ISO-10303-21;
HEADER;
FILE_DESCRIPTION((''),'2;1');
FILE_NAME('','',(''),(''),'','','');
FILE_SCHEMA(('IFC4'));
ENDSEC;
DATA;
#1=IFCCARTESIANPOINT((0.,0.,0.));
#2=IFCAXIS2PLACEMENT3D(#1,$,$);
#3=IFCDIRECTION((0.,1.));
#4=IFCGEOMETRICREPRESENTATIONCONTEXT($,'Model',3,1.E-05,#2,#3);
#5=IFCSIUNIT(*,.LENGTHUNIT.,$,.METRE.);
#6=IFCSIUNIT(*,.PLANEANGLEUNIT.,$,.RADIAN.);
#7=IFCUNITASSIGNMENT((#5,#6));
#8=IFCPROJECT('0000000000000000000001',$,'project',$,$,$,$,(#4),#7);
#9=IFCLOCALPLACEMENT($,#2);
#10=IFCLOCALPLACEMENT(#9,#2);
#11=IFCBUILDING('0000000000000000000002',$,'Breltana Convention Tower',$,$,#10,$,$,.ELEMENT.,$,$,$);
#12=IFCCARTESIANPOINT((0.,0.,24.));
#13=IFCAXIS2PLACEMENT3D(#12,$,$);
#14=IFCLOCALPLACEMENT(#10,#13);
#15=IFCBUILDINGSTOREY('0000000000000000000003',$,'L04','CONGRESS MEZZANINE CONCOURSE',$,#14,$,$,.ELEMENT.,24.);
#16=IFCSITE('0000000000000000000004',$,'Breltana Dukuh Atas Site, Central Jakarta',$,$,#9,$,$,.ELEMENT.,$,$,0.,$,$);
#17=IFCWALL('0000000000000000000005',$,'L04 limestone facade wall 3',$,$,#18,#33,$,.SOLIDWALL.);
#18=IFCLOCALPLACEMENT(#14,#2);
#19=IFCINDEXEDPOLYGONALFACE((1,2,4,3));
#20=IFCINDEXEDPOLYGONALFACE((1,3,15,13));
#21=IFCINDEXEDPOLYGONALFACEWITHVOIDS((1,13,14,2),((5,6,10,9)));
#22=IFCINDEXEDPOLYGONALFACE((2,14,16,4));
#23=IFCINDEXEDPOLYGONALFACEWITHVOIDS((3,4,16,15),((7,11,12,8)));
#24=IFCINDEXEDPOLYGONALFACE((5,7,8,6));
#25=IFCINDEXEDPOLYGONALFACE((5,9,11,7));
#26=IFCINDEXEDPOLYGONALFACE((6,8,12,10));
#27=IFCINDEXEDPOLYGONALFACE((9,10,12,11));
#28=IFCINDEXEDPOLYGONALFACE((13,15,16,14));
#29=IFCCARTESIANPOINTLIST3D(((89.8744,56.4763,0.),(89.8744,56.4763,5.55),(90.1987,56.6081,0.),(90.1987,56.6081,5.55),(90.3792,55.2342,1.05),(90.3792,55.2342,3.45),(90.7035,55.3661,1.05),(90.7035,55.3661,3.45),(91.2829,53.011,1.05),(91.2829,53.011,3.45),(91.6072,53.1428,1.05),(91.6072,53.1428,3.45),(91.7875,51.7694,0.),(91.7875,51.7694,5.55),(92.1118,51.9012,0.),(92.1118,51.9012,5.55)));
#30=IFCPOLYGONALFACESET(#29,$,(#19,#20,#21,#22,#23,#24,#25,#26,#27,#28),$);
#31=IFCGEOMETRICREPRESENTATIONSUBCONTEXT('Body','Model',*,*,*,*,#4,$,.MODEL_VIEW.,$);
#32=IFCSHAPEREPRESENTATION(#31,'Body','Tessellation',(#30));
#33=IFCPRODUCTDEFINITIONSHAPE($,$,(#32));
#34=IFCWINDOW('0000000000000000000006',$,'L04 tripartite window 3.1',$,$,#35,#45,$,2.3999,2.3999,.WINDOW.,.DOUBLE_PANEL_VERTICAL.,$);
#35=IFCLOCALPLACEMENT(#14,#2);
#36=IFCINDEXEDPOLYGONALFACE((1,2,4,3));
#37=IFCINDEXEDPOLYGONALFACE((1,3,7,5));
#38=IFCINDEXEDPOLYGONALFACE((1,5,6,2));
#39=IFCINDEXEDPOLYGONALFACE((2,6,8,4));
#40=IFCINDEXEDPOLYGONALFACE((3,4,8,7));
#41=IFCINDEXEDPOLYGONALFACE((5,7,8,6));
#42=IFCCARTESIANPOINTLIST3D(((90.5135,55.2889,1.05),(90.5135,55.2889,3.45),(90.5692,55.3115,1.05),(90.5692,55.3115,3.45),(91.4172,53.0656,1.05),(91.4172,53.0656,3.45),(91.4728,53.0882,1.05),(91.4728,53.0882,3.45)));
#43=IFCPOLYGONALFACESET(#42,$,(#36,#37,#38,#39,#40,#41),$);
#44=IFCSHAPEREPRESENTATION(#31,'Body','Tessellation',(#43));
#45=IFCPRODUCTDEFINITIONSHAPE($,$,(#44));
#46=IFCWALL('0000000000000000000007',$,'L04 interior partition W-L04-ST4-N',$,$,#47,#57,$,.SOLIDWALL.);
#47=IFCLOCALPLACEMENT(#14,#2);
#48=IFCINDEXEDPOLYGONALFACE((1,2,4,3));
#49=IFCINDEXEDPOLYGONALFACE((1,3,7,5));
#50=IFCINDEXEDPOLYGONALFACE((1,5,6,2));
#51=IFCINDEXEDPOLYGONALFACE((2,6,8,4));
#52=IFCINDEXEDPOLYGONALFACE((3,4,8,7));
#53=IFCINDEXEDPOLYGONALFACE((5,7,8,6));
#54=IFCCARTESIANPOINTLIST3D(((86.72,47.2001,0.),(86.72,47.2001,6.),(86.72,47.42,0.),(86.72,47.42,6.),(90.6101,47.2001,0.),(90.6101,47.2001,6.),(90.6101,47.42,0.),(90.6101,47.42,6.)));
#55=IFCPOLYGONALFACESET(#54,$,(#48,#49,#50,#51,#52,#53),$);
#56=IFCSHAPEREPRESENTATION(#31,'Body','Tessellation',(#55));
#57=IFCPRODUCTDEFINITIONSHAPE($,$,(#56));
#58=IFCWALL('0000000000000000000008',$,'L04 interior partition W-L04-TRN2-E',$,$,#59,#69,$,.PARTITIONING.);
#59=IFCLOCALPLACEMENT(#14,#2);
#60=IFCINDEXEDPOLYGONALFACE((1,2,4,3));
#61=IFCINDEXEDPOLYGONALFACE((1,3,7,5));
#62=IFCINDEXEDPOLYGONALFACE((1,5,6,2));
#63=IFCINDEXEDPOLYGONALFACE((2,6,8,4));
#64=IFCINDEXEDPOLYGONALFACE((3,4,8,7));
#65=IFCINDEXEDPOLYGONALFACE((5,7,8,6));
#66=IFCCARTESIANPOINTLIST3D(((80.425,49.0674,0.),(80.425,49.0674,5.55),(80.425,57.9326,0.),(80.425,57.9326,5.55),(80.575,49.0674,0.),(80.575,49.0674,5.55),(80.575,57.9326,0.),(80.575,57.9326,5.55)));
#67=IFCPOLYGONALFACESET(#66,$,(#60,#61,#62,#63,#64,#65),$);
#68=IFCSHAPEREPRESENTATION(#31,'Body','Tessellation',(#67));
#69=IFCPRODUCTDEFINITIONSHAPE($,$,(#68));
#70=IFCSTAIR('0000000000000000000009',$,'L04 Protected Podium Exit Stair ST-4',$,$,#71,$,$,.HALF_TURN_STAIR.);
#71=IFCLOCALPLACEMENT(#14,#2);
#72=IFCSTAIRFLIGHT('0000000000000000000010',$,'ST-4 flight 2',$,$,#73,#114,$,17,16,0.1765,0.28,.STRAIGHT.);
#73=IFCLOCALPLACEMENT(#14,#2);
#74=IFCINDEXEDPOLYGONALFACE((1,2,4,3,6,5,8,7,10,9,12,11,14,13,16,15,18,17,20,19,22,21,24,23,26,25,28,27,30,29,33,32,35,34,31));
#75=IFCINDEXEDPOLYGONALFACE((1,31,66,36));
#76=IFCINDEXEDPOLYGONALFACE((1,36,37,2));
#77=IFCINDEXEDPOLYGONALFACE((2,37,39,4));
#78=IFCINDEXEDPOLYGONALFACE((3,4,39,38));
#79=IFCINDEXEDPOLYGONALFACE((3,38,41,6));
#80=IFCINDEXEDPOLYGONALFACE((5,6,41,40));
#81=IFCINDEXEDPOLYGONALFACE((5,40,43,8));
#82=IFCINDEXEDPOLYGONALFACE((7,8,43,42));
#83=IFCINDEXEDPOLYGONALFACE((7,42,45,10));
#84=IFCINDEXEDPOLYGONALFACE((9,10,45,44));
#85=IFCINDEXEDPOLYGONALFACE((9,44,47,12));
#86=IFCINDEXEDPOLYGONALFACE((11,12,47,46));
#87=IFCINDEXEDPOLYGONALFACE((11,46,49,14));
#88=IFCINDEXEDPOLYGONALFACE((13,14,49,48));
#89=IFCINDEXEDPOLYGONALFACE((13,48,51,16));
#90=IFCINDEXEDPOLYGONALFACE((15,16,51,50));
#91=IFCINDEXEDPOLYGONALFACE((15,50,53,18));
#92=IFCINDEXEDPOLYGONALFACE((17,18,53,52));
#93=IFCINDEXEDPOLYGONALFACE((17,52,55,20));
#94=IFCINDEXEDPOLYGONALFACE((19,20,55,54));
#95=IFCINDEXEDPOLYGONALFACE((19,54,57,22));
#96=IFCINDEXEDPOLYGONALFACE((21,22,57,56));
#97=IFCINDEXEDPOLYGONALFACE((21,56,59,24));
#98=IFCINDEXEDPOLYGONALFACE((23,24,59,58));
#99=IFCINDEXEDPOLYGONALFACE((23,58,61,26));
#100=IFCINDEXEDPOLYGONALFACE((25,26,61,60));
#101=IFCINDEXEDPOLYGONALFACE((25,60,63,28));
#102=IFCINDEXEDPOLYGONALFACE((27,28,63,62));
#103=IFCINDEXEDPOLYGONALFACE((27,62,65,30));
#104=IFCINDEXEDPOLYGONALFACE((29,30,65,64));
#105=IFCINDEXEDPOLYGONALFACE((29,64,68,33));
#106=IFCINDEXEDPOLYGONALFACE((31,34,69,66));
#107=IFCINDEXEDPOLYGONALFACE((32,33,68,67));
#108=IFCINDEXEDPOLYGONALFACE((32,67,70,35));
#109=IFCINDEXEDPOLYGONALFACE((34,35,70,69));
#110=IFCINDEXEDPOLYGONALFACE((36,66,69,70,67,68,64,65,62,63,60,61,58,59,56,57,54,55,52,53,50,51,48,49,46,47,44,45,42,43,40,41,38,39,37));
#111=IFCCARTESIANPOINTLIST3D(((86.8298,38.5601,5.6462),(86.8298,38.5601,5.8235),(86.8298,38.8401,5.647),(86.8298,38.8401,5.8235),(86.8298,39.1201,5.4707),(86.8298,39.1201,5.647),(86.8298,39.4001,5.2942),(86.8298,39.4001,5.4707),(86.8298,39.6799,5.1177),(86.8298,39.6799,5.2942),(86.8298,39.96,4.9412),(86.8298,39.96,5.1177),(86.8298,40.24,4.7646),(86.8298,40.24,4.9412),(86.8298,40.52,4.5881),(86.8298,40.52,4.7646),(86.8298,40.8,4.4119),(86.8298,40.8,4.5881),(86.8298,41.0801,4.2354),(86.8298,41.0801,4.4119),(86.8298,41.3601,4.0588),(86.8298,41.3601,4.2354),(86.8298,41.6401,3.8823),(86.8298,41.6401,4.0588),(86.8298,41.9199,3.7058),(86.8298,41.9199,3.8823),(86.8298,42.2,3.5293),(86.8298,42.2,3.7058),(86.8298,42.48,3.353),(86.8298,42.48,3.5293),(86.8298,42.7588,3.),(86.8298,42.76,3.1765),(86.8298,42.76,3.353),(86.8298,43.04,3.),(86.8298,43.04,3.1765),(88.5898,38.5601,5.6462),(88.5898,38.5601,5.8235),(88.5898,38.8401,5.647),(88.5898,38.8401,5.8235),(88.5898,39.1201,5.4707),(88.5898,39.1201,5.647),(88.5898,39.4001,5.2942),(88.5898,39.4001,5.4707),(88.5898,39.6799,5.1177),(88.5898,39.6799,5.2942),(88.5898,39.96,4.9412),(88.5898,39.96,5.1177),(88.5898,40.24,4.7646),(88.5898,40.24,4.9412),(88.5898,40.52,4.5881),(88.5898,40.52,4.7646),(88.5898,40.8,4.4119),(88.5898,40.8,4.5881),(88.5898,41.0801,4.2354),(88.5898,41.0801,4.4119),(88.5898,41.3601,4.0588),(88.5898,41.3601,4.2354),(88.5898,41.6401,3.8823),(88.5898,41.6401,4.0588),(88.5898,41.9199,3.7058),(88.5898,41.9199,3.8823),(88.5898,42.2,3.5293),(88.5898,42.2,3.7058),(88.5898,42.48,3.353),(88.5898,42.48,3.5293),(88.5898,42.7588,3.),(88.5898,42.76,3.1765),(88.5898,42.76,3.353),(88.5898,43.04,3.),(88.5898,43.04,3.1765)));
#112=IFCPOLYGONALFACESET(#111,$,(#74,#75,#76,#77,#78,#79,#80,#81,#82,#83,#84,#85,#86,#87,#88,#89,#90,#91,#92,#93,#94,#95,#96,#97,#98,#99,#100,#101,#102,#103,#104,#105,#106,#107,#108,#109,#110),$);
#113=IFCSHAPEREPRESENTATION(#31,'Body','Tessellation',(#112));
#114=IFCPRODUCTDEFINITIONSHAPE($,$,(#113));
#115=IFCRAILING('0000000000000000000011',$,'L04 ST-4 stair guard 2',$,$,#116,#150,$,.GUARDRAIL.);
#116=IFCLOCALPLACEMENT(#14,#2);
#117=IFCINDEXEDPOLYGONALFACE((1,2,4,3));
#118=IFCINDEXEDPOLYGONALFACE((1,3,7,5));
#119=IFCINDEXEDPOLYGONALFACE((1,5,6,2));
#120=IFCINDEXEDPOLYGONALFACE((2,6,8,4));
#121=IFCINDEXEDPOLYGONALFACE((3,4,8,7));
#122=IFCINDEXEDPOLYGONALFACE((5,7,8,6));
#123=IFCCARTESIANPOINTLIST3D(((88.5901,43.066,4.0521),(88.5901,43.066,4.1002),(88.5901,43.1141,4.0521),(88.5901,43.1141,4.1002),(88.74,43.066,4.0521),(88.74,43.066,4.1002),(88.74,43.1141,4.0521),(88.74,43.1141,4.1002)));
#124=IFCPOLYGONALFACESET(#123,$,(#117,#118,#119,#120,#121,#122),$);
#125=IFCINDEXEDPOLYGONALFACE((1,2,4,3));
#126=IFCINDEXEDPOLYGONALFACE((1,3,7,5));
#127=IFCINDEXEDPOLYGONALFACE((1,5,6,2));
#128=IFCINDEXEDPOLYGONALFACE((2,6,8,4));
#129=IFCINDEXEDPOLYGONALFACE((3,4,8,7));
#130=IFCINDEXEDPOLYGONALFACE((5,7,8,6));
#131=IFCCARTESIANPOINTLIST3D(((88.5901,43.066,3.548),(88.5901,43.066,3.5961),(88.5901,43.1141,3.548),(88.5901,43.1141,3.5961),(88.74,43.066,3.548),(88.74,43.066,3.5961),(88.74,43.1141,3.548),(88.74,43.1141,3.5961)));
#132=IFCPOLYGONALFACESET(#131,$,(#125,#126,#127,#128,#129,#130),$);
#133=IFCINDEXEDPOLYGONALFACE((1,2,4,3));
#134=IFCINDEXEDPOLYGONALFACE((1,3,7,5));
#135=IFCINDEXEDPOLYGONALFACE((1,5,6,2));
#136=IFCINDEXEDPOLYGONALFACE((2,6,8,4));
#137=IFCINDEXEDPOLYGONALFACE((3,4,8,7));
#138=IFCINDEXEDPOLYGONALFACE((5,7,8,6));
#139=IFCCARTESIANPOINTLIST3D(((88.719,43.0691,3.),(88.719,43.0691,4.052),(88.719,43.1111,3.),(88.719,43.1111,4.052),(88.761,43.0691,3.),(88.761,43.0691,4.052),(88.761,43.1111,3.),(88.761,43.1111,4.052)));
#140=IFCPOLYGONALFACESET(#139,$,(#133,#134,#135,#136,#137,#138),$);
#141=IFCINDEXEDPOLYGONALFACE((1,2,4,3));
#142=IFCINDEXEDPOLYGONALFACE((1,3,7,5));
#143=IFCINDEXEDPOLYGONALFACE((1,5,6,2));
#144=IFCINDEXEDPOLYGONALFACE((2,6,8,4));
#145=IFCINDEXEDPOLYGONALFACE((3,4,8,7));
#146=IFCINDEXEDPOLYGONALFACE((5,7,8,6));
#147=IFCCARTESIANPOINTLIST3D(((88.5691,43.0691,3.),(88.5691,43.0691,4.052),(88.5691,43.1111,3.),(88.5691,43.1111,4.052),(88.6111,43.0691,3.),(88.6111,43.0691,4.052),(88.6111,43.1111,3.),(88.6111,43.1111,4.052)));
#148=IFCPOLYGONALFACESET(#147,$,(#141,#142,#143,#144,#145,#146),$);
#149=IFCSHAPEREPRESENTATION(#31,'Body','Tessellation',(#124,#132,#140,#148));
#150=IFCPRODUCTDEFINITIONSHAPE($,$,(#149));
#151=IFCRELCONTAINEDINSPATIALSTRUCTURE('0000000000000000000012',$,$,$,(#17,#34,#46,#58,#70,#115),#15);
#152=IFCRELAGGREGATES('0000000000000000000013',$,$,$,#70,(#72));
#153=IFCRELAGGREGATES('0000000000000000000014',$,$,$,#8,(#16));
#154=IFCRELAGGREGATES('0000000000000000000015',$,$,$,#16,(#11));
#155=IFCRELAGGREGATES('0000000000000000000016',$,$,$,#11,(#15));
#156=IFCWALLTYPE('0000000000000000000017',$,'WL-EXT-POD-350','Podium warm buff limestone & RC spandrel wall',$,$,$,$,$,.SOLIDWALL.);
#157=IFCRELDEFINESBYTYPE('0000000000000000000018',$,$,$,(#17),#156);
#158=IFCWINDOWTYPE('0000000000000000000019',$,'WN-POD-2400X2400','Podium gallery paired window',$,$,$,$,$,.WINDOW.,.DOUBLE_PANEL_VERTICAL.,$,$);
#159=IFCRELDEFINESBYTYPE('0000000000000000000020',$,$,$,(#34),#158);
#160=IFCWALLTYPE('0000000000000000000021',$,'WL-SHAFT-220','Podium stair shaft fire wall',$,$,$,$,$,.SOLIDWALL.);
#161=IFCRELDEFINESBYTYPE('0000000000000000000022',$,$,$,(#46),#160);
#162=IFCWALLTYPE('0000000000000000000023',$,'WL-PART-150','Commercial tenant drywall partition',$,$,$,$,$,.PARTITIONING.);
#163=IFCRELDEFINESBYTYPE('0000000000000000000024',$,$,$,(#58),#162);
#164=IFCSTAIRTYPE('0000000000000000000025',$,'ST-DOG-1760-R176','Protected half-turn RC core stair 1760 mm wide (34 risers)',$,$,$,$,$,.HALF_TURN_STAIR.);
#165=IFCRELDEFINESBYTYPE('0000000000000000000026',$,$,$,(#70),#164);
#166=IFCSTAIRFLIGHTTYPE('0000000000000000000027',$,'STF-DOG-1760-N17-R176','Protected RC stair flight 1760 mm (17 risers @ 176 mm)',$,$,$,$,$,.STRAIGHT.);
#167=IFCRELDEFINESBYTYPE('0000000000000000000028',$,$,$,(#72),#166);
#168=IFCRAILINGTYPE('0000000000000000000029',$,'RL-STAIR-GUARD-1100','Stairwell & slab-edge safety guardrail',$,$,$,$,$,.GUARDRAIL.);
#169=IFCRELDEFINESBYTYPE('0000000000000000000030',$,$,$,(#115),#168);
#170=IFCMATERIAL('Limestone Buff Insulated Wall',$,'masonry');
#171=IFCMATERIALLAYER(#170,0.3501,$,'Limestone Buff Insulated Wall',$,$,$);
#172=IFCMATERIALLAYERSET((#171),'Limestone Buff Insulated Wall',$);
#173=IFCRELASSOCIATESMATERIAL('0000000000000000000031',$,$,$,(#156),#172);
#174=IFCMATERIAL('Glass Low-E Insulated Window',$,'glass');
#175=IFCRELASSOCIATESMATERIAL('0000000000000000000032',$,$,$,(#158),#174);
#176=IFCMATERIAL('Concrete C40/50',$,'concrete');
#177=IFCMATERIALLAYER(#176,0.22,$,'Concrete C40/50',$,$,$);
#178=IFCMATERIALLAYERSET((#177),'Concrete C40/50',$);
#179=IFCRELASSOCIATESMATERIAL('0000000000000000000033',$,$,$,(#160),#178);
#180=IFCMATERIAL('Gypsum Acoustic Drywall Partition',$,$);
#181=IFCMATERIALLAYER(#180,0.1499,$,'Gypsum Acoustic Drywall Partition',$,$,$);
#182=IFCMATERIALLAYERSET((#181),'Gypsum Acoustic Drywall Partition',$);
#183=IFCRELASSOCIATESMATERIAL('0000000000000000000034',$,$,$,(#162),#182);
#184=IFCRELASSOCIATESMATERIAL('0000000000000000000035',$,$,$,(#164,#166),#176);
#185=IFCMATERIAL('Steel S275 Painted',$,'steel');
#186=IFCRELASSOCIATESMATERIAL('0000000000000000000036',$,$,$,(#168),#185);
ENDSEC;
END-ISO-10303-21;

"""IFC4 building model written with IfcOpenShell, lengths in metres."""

from ifc_helpers import new_model, si_unit, direction, frame, frame_2d, origin, origin_2d, place, context, subcontext, project, spatial, polyline, rectangle, outline, extrude, source, transform, mapped, material, layer, layer_set, type_object, type_shapes, element, fill, aggregate, save


model = new_model("IFC4")

# Units and contexts
model_context = context("Model", 3, precision=1e-05, world=origin(), true_north=direction((0.0, 1.0)))
body_context = subcontext(model_context, "Body", "Model", "MODEL_VIEW")
ifc_project = project(units=[si_unit("LENGTHUNIT", "METRE"), si_unit("PLANEANGLEUNIT", "RADIAN")], contexts=[model_context])

# Site, building, storey
site_placement = place(None, origin())
site = spatial("IfcSite", under=ifc_project, at=site_placement, Name="Breltana Dukuh Atas Site, Central Jakarta", CompositionType="ELEMENT", RefElevation=0.0)
building_placement = place(site_placement, origin())
building = spatial("IfcBuilding", under=site, at=building_placement, Name="Breltana Convention Tower", CompositionType="ELEMENT")
storey_placement = place(building_placement, frame((0.0, 0.0, 24.0)))
storey = spatial("IfcBuildingStorey", under=building, at=storey_placement, Name="L04", Description="CONGRESS MEZZANINE CONCOURSE", CompositionType="ELEMENT", Elevation=24.0)

# Shared definitions
ifc_material_1 = material(Name="Limestone Buff Insulated Wall", Category="masonry")
ifc_layer_1 = layer(ifc_material_1, 0.3501, Name="Limestone Buff Insulated Wall")
ifc_layer_set_1 = layer_set([ifc_layer_1], Name="Limestone Buff Insulated Wall")
wall_type_1 = type_object("IfcWallType", Name="WL-EXT-POD-350", Description="Podium warm buff limestone & RC spandrel wall", PredefinedType="SOLIDWALL", material=ifc_layer_set_1)
ifc_material_2 = material(Name="Glass Low-E Insulated Window", Category="glass")
window_type = type_object("IfcWindowType", Name="WN-POD-2400X2400", Description="Podium gallery paired window", PartitioningType="DOUBLE_PANEL_VERTICAL", PredefinedType="WINDOW", material=ifc_material_2)
shared_shape_1 = source(origin(), body_context, "Body", "SweptSolid", [
    extrude(rectangle(XDim=2.3999, YDim=2.3999, at=frame_2d((1.2, 1.2))), frame((0.0, 0.03, 0.0), z_axis=(0.0, -1.0, 0.0), x_axis=(1.0, 0.0, 0.0)), (0.0, 0.0, 1.0), 0.0601),
])
type_shapes(window_type, [shared_shape_1])

# Wall, opening, window
shared_shape_2 = source(origin(), body_context, "Body", "SweptSolid", [
    extrude(rectangle(XDim=5.0808, YDim=0.3501, at=frame_2d((2.5405, 0.0))), origin(), (0.0, 0.0, 1.0), 5.55),
])
wall_1_placement = place(storey_placement, frame((91.9497, 51.8352, 0.0), z_axis=(0.0, 0.0, 1.0), x_axis=(-0.376538, 0.926401, 0.0)))
wall_1 = element("IfcWall", 1, at=wall_1_placement, inside=storey, type_object=wall_type_1, Name="L04 limestone facade wall 3", PredefinedType="SOLIDWALL", context=body_context, shape_type="MappedRepresentation", body=[
    mapped(shared_shape_2, transform((0.0, 0.0, 0.0), scale=1.0)),
])
opening_1_placement = place(wall_1_placement, frame((1.3403, 0.0, 1.05)))
opening_1 = element("IfcOpeningElement", 2, at=opening_1_placement, cuts=wall_1, PredefinedType="OPENING", context=body_context, shape_type="SweptSolid", body=[
    extrude(rectangle(XDim=2.3999, YDim=2.3999, at=frame_2d((1.2, 1.2))), frame((0.0, 0.1851, 0.0), z_axis=(0.0, -1.0, 0.0), x_axis=(1.0, 0.0, 0.0)), (0.0, 0.0, 1.0), 0.3701),
])
window_1_placement = place(opening_1_placement, origin())
window_1 = element("IfcWindow", 3, at=window_1_placement, inside=storey, type_object=window_type, Name="L04 tripartite window 3.1", OverallHeight=2.3999, OverallWidth=2.3999, PartitioningType="DOUBLE_PANEL_VERTICAL", PredefinedType="WINDOW", context=body_context, shape_type="MappedRepresentation", body=[
    mapped(shared_shape_1, transform((0.0, 0.0, 0.0), scale=1.0)),
])
fill(opening_1, window_1)

# Walls
ifc_material_3 = material(Name="Concrete C40/50", Category="concrete")
ifc_layer_2 = layer(ifc_material_3, 0.22, Name="Concrete C40/50")
ifc_layer_set_2 = layer_set([ifc_layer_2], Name="Concrete C40/50")
wall_type_2 = type_object("IfcWallType", Name="WL-SHAFT-220", Description="Podium stair shaft fire wall", PredefinedType="SOLIDWALL", material=ifc_layer_set_2)
shared_shape_3 = source(origin(), body_context, "Body", "SweptSolid", [
    extrude(rectangle(XDim=3.8901, YDim=0.22, at=frame_2d((1.9451, 0.0))), origin(), (0.0, 0.0, 1.0), 6.0),
])
wall_2_placement = place(storey_placement, frame((86.72, 47.3101, 0.0), z_axis=(0.0, 0.0, 1.0), x_axis=(1.0, 0.0, 0.0)))
element("IfcWall", 4, at=wall_2_placement, inside=storey, type_object=wall_type_2, Name="L04 interior partition W-L04-ST4-N", PredefinedType="SOLIDWALL", context=body_context, shape_type="MappedRepresentation", body=[
    mapped(shared_shape_3, transform((0.0, 0.0, 0.0), scale=1.0)),
])
ifc_material_4 = material(Name="Gypsum Acoustic Drywall Partition")
ifc_layer_3 = layer(ifc_material_4, 0.1499, Name="Gypsum Acoustic Drywall Partition")
ifc_layer_set_3 = layer_set([ifc_layer_3], Name="Gypsum Acoustic Drywall Partition")
wall_type_3 = type_object("IfcWallType", Name="WL-PART-150", Description="Commercial tenant drywall partition", PredefinedType="PARTITIONING", material=ifc_layer_set_3)
shared_shape_4 = source(origin(), body_context, "Body", "SweptSolid", [
    extrude(rectangle(XDim=8.8652, YDim=0.1499, at=frame_2d((4.4326, 0.0))), origin(), (0.0, 0.0, 1.0), 5.55),
])
wall_3_placement = place(storey_placement, frame((80.5, 49.0674, 0.0), z_axis=(0.0, 0.0, 1.0), x_axis=(0.0, 1.0, 0.0)))
element("IfcWall", 5, at=wall_3_placement, inside=storey, type_object=wall_type_3, Name="L04 interior partition W-L04-TRN2-E", PredefinedType="PARTITIONING", context=body_context, shape_type="MappedRepresentation", body=[
    mapped(shared_shape_4, transform((0.0, 0.0, 0.0), scale=1.0)),
])

# Stair, stair flight
stair_type = type_object("IfcStairType", Name="ST-DOG-1760-R176", Description="Protected half-turn RC core stair 1760 mm wide (34 risers)", PredefinedType="HALF_TURN_STAIR", material=ifc_material_3)
stair_placement = place(storey_placement, origin())
stair = element("IfcStair", 6, at=stair_placement, inside=storey, type_object=stair_type, Name="L04 Protected Podium Exit Stair ST-4", PredefinedType="HALF_TURN_STAIR")
stair_flight_type = type_object("IfcStairFlightType", Name="STF-DOG-1760-N17-R176", Description="Protected RC stair flight 1760 mm (17 risers @ 176 mm)", PredefinedType="STRAIGHT", material=ifc_material_3)
stair_flight_placement = place(storey_placement, frame((87.71, 43.04, 3.0), z_axis=(0.0, 0.0, 1.0), x_axis=(0.0, -1.0, 0.0)))
stair_flight = element("IfcStairFlight", 7, at=stair_flight_placement, type_object=stair_flight_type, Name="ST-4 flight 2", NumberOfRisers=17, NumberOfTreads=16, PredefinedType="STRAIGHT", RiserHeight=0.1765, TreadLength=0.28, context=body_context, shape_type="SweptSolid", body=[
    extrude(outline(polyline([(0.0, 0.0), (0.0, 0.1765), (0.28, 0.1765), (0.28, 0.353), (0.5601, 0.353), (0.5601, 0.5293), (0.8401, 0.5293), (0.8401, 0.7058), (1.1201, 0.7058), (1.1201, 0.8823), (1.3999, 0.8823), (1.3999, 1.0588), (1.6799, 1.0588), (1.6799, 1.2354), (1.96, 1.2354), (1.96, 1.4119), (2.24, 1.4119), (2.24, 1.5881), (2.52, 1.5881), (2.52, 1.7646), (2.8, 1.7646), (2.8, 1.9412), (3.0801, 1.9412), (3.0801, 2.1177), (3.3601, 2.1177), (3.3601, 2.2942), (3.6399, 2.2942), (3.6399, 2.4707), (3.9199, 2.4707), (3.9199, 2.647), (4.2, 2.647), (4.2, 2.8235), (4.48, 2.8235), (4.48, 3.0), (4.48, 2.6462), (0.2812, 0.0), (0.0, 0.0)])), frame((0.0, 0.8799, 0.0), z_axis=(0.0, -1.0, 0.0), x_axis=(1.0, 0.0, 0.0)), (0.0, 0.0, 1.0), 1.76),
])
aggregate(stair, [stair_flight])

# Railing
ifc_material_5 = material(Name="Steel S275 Painted", Category="steel")
railing_type_1 = type_object("IfcRailingType", Name="RL-STAIR-GUARD-1100", Description="Stairwell & slab-edge safety guardrail", PredefinedType="GUARDRAIL", material=ifc_material_5)
railing_1_placement = place(storey_placement, frame((88.74, 43.0901, 3.0)))
element("IfcRailing", 8, at=railing_1_placement, inside=storey, type_object=railing_type_1, Name="L04 ST-4 stair guard 2", PredefinedType="GUARDRAIL", context=body_context, shape_type="SweptSolid", body=[
    extrude(rectangle(XDim=0.0481, YDim=0.0481, at=origin_2d()), frame((0.0, 0.0, 1.0762), z_axis=(-1.0, 0.0, 0.0), x_axis=(0.0, -1.0, 0.0)), (0.0, 0.0, 1.0), 0.1499),
    extrude(rectangle(XDim=0.0481, YDim=0.0481, at=origin_2d()), frame((0.0, 0.0, 0.572), z_axis=(-1.0, 0.0, 0.0), x_axis=(0.0, -1.0, 0.0)), (0.0, 0.0, 1.0), 0.1499),
    extrude(rectangle(XDim=0.042, YDim=0.042, at=origin_2d()), origin(), (0.0, 0.0, 1.0), 1.052),
    extrude(rectangle(XDim=0.042, YDim=0.042, at=origin_2d()), frame((-0.1499, 0.0, 0.0)), (0.0, 0.0, 1.0), 1.052),
])

save(model, "model.ifc")
